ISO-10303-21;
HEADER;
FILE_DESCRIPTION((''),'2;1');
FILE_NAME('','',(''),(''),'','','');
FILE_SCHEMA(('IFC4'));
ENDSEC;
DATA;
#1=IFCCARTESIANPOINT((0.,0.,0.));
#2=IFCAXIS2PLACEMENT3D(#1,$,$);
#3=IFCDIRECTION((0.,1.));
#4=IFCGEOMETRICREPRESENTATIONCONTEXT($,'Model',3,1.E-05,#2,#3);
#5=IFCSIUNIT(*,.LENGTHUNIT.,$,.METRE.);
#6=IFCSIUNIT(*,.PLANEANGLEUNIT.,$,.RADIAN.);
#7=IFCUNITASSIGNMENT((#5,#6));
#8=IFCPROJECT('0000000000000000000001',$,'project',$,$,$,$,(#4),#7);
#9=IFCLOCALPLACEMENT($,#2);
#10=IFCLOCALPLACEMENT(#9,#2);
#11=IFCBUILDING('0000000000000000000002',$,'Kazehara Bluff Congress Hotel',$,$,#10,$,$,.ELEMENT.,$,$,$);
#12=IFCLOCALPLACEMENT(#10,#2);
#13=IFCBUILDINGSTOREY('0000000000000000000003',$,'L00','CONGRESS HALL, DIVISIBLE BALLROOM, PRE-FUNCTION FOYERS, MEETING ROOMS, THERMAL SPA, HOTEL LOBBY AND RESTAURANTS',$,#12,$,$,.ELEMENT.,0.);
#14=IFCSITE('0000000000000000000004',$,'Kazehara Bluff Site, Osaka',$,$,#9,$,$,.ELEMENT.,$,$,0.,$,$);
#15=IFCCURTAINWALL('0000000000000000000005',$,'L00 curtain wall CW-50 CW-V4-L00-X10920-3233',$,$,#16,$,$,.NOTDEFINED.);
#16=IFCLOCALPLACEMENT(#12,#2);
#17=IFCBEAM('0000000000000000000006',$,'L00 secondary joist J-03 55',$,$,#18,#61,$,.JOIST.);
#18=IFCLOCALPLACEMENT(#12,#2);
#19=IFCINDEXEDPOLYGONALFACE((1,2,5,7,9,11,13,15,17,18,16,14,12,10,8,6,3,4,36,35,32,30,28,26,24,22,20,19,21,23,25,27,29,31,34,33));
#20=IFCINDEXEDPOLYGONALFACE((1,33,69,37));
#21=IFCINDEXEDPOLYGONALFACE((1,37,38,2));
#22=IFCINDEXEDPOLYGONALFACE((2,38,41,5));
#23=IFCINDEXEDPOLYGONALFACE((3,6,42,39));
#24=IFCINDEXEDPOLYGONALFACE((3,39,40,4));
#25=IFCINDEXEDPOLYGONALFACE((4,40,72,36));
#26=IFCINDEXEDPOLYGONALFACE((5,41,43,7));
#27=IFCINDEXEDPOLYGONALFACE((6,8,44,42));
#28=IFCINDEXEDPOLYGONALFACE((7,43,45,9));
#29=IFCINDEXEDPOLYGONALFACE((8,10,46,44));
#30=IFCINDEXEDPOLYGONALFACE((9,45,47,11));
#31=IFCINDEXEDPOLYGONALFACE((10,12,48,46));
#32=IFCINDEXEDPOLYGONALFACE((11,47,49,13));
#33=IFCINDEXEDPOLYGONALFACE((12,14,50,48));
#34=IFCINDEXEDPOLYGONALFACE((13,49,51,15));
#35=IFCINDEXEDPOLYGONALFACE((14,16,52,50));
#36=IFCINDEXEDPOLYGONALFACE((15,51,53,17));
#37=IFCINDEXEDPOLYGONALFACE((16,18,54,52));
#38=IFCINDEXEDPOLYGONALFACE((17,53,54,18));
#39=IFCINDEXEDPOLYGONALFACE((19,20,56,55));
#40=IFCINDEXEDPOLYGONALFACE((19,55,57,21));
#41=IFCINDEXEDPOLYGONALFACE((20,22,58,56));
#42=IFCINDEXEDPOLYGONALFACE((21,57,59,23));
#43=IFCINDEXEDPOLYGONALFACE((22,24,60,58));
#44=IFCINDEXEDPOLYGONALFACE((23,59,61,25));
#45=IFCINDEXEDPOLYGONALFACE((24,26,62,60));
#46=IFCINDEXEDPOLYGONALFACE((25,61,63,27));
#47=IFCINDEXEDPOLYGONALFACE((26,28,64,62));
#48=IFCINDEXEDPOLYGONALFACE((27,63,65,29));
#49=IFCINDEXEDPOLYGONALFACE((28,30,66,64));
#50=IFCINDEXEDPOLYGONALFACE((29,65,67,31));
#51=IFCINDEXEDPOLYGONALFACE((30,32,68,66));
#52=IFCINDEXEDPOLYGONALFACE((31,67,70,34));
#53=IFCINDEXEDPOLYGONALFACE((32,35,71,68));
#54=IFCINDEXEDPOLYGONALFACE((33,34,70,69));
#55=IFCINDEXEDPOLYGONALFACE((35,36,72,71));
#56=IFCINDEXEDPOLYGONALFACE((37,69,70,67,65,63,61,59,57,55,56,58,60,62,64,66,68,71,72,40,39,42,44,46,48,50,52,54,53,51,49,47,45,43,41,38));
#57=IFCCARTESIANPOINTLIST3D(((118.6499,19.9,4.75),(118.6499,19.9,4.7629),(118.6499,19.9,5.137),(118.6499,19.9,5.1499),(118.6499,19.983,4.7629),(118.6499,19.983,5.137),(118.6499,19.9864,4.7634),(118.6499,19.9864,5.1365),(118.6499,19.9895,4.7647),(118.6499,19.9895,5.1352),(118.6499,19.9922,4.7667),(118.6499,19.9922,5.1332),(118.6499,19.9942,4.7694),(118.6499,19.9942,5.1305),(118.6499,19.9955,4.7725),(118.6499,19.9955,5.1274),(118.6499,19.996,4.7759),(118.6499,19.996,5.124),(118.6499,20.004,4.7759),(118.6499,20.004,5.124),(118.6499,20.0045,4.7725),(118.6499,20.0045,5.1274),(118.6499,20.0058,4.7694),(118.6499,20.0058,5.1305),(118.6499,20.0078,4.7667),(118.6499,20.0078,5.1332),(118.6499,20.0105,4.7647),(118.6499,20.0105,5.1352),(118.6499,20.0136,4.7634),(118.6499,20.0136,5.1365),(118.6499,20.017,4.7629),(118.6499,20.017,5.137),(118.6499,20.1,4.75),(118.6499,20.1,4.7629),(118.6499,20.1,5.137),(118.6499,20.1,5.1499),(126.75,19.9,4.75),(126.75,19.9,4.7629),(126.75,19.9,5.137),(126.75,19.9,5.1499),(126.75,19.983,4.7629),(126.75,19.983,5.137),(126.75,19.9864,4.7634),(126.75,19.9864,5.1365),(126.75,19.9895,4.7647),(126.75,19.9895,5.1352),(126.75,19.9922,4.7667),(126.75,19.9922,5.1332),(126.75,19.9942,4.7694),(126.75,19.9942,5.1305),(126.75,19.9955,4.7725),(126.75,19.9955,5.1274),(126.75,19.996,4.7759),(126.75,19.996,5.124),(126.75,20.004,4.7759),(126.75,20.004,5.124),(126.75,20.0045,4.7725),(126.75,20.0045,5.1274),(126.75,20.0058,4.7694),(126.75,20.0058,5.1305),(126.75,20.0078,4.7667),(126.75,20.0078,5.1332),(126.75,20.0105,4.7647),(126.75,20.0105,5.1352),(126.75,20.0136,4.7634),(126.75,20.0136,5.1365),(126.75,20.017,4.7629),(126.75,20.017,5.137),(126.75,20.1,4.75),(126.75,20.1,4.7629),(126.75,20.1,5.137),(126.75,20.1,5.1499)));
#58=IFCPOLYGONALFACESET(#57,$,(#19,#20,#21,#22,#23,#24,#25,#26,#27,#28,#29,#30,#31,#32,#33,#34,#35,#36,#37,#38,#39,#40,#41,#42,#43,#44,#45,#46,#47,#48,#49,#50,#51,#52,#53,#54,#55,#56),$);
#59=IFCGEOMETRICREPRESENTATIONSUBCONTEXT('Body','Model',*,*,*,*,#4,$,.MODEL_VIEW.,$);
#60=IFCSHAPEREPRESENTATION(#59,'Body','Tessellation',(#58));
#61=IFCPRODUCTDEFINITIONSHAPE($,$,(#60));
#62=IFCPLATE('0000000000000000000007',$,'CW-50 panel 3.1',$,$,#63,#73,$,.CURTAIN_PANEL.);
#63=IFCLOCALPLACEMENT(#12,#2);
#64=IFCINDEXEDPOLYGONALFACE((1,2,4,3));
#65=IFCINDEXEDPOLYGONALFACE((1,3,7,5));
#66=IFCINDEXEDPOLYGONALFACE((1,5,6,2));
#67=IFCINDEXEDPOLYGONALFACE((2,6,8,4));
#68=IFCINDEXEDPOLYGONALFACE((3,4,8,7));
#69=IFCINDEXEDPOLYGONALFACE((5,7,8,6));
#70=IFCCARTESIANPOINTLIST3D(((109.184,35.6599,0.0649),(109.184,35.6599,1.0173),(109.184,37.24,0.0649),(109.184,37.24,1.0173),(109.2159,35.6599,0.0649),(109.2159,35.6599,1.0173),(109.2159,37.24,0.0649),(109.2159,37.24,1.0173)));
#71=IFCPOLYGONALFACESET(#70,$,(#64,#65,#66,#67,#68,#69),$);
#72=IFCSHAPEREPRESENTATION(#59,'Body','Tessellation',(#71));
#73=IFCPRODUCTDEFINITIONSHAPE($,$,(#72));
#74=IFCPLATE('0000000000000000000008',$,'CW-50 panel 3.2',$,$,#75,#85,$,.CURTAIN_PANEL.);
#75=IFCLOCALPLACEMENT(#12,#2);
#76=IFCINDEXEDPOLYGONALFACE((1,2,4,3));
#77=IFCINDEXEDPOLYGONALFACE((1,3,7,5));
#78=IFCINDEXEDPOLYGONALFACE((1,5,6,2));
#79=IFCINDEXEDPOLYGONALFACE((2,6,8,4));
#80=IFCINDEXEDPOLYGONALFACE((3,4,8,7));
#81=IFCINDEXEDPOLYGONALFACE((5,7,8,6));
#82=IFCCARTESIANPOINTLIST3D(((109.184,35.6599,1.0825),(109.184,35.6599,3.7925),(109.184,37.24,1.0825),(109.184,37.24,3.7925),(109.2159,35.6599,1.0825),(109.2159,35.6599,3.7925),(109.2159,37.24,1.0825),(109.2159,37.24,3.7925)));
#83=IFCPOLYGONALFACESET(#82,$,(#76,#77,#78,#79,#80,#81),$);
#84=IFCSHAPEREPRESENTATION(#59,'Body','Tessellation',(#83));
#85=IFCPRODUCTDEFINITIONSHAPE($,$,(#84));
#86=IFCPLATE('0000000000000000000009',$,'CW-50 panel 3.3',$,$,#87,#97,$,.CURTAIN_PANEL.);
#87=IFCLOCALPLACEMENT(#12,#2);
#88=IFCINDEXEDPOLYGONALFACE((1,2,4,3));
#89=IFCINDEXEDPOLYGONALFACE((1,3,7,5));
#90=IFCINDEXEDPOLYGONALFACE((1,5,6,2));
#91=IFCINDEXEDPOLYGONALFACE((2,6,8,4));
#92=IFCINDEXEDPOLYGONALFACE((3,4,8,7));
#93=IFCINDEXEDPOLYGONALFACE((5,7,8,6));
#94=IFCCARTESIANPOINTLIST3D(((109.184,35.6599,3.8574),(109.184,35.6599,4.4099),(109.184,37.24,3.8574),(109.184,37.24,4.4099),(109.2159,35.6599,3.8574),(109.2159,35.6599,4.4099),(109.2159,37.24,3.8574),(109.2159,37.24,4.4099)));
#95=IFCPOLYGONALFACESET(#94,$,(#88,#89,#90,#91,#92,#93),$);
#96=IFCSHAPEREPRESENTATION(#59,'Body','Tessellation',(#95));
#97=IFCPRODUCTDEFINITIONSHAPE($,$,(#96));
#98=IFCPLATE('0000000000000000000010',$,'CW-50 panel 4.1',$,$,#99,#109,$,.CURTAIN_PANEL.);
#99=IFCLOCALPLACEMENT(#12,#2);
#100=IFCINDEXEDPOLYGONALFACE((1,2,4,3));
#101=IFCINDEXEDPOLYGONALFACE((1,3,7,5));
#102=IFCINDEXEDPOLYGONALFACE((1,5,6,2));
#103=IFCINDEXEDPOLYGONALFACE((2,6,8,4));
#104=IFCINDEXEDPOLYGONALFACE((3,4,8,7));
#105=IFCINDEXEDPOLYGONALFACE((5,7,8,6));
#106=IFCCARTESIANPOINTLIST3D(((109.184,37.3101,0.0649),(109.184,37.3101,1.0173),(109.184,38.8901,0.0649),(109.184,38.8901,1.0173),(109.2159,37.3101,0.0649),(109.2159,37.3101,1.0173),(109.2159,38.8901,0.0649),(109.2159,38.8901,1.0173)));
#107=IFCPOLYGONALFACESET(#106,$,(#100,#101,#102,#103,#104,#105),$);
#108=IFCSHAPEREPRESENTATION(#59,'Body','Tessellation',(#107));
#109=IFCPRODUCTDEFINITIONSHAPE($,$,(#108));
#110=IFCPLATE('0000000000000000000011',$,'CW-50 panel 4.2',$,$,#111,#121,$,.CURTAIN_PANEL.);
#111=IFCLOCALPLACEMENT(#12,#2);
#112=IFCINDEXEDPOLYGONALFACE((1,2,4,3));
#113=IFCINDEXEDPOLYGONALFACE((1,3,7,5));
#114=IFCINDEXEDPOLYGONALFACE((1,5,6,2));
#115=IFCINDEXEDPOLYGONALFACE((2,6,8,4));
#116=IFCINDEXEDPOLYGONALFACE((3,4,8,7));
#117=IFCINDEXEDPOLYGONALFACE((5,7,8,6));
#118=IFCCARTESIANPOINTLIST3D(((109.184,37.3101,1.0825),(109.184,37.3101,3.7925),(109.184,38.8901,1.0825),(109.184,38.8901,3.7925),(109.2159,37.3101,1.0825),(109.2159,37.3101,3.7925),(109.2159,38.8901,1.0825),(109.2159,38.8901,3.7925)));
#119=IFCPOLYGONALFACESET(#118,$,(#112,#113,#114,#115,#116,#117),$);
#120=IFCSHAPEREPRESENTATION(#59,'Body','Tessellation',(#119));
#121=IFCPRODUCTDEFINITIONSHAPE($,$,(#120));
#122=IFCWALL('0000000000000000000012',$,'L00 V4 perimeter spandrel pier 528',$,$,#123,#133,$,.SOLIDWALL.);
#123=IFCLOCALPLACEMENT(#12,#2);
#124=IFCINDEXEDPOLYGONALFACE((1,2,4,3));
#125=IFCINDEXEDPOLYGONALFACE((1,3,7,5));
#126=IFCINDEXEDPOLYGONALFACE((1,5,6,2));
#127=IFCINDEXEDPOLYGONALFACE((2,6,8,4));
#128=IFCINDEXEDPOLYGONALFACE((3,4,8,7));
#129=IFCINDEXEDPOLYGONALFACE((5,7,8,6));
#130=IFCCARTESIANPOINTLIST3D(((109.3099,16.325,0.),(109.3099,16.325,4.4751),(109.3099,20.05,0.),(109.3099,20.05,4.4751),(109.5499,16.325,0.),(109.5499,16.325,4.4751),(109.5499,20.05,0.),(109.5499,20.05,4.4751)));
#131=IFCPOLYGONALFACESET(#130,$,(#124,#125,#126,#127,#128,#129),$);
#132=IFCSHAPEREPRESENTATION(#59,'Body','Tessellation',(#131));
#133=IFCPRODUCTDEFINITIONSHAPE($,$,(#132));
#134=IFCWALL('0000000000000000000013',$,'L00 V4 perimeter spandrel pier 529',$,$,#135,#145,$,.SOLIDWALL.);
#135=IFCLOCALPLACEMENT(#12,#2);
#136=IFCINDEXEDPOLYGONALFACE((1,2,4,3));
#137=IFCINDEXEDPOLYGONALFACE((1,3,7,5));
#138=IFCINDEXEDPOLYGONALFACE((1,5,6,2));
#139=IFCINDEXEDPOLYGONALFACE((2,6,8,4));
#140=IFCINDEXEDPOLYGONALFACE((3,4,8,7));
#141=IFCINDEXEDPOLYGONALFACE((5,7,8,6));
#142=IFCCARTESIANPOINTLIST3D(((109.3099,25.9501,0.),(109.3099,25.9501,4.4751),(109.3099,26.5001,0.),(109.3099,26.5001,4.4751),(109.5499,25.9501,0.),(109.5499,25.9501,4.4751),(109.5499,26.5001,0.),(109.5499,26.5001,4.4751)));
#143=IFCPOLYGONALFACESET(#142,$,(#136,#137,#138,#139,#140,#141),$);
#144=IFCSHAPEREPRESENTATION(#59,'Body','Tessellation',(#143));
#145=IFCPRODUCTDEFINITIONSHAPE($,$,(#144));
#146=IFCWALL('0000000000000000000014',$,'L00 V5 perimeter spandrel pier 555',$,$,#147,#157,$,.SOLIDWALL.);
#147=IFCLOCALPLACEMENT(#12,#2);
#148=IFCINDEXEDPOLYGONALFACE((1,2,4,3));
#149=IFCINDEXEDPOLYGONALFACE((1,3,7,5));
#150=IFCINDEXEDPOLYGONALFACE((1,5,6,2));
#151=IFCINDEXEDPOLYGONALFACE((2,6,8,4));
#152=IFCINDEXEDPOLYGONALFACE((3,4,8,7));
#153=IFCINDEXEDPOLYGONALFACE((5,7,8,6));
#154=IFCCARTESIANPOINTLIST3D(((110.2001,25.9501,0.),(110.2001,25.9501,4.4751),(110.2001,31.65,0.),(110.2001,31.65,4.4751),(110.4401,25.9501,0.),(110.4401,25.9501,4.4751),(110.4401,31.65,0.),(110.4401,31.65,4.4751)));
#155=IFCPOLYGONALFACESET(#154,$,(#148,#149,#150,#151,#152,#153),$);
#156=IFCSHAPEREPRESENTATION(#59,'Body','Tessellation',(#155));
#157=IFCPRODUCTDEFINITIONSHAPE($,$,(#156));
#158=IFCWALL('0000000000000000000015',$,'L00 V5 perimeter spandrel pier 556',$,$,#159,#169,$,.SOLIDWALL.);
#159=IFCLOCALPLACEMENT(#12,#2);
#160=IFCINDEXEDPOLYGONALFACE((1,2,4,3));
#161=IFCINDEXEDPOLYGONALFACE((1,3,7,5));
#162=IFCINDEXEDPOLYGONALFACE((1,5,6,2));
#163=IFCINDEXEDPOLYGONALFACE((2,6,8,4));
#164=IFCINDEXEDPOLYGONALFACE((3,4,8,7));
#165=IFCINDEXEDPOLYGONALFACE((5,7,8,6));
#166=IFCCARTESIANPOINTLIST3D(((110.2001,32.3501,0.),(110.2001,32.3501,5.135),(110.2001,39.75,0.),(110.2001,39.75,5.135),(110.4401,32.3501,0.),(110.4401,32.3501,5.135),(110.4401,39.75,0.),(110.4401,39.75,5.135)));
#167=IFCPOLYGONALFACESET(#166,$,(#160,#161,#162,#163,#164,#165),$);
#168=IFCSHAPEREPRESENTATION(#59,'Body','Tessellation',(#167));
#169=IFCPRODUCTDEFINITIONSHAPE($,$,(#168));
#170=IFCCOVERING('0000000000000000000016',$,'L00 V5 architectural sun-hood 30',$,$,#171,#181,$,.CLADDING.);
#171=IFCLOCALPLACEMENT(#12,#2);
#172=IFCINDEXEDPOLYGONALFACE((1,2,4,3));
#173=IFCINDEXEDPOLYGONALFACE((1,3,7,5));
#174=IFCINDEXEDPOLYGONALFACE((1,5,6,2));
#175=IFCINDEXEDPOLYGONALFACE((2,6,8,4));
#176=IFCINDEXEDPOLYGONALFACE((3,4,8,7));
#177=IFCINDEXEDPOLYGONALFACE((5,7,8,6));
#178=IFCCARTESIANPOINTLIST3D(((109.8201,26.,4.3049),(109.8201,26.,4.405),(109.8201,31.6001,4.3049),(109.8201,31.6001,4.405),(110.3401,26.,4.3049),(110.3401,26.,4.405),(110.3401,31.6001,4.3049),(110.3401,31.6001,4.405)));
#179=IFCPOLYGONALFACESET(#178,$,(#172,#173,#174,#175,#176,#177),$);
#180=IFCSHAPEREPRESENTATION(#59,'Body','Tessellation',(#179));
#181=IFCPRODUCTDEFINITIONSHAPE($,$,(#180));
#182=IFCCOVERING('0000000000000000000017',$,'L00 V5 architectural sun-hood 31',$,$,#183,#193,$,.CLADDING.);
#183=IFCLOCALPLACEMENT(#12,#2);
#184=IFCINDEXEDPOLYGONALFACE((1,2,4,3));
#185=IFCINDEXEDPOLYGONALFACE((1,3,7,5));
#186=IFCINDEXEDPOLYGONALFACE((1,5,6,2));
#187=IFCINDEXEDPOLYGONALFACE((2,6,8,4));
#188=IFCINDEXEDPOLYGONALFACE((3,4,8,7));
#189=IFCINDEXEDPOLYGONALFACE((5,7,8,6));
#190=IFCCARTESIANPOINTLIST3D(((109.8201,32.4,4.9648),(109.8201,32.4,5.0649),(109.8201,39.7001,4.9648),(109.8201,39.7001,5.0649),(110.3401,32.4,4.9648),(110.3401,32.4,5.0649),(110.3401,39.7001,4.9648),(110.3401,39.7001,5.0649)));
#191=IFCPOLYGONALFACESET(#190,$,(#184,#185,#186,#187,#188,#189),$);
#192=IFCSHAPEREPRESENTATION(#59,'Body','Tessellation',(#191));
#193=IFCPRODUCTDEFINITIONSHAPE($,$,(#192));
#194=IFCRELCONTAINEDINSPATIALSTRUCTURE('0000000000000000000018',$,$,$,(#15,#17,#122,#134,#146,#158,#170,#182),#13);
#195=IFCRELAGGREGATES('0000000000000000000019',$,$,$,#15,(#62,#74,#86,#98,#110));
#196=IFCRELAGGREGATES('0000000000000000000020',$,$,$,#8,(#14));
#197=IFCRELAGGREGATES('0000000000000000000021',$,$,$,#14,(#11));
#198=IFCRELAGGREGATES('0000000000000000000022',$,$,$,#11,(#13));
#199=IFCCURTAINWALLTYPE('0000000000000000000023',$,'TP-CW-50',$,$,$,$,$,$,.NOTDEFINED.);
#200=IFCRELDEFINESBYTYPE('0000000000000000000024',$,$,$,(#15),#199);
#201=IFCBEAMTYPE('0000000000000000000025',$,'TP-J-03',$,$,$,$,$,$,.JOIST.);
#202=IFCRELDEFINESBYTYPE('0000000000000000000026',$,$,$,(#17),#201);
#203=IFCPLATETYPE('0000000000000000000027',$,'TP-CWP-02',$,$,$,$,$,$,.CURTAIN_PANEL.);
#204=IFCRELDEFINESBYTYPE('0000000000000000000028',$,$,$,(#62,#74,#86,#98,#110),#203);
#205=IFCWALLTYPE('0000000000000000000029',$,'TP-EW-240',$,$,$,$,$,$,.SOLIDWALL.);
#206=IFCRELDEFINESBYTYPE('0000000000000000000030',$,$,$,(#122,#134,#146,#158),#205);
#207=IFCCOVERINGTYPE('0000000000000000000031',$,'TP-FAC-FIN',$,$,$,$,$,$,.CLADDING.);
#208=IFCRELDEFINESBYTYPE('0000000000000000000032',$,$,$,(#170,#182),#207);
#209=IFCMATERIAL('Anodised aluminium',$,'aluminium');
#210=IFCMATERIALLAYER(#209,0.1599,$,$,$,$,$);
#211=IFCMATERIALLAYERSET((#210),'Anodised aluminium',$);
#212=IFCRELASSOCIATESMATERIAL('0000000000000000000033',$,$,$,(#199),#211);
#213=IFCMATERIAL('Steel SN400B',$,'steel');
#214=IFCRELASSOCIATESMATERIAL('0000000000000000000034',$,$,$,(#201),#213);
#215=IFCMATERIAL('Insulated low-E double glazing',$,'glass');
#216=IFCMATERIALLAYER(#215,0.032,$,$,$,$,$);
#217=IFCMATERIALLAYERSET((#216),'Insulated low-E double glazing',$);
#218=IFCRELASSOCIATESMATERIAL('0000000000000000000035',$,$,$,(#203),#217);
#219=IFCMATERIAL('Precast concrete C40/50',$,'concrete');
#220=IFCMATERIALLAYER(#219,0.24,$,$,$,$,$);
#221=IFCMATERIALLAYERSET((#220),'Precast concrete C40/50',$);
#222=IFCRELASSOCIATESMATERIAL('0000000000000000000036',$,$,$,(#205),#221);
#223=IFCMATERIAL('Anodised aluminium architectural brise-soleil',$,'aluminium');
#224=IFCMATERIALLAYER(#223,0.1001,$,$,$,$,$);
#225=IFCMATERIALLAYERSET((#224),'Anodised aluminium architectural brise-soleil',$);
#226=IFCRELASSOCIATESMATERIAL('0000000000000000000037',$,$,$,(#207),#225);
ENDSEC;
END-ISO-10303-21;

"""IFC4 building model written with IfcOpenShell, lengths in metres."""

from ifc_helpers import new_model, si_unit, direction, frame, frame_2d, origin, origin_2d, place, context, subcontext, project, spatial, rectangle, i_section, extrude, material, layer, layer_set, material_profile, profile_set, type_object, element, aggregate, save


model = new_model("IFC4")

# Units and contexts
model_context = context("Model", 3, precision=1e-05, world=origin(), true_north=direction((0.0, 1.0)))
body_context = subcontext(model_context, "Body", "Model", "MODEL_VIEW")
ifc_project = project(units=[si_unit("LENGTHUNIT", "METRE"), si_unit("PLANEANGLEUNIT", "RADIAN")], contexts=[model_context])

# Site, building, storey
site_placement = place(None, origin())
site = spatial("IfcSite", under=ifc_project, at=site_placement, Name="Kazehara Bluff Site, Osaka", CompositionType="ELEMENT", RefElevation=0.0)
building_placement = place(site_placement, origin())
building = spatial("IfcBuilding", under=site, at=building_placement, Name="Kazehara Bluff Congress Hotel", CompositionType="ELEMENT")
storey_placement = place(building_placement, origin())
storey = spatial("IfcBuildingStorey", under=building, at=storey_placement, Name="L00", Description="CONGRESS HALL, DIVISIBLE BALLROOM, PRE-FUNCTION FOYERS, MEETING ROOMS, THERMAL SPA, HOTEL LOBBY AND RESTAURANTS", CompositionType="ELEMENT", Elevation=0.0)

# Curtain wall
ifc_material_1 = material(Name="Anodised aluminium", Category="aluminium")
ifc_layer_1 = layer(ifc_material_1, 0.1599)
ifc_layer_set_1 = layer_set([ifc_layer_1], Name="Anodised aluminium")
curtain_wall_type = type_object("IfcCurtainWallType", Name="TP-CW-50", PredefinedType="NOTDEFINED", material=ifc_layer_set_1)
curtain_wall_placement = place(storey_placement, origin())
curtain_wall = element("IfcCurtainWall", 1, at=curtain_wall_placement, inside=storey, type_object=curtain_wall_type, Name="L00 curtain wall CW-50 CW-V4-L00-X10920-3233", PredefinedType="NOTDEFINED")

# Beam
ifc_material_2 = material(Name="Steel SN400B", Category="steel")
ifc_material_profile_1 = material_profile(ifc_material_2, i_section(OverallWidth=0.2, OverallDepth=0.3999, WebThickness=0.0081, FlangeThickness=0.0129, FilletRadius=0.0129, at=origin_2d()))
ifc_profile_set_1 = profile_set([ifc_material_profile_1], Name="Steel SN400B")
beam_type_1 = type_object("IfcBeamType", Name="TP-J-03", PredefinedType="JOIST", material=ifc_profile_set_1)
beam_1_placement = place(storey_placement, frame((118.6499, 20.0, 4.95), z_axis=(1.0, 0.0, 0.0), x_axis=(0.0, 1.0, 0.0)))
element("IfcBeam", 2, at=beam_1_placement, inside=storey, type_object=beam_type_1, Name="L00 secondary joist J-03 55", PredefinedType="JOIST", context=body_context, shape_type="SweptSolid", body=[
    extrude(i_section(OverallWidth=0.2, OverallDepth=0.3999, WebThickness=0.0081, FlangeThickness=0.0129, FilletRadius=0.0129, at=origin_2d()), origin(), (0.0, 0.0, 1.0), 8.1001),
])

# Plates
ifc_material_3 = material(Name="Insulated low-E double glazing", Category="glass")
ifc_layer_2 = layer(ifc_material_3, 0.032)
ifc_layer_set_2 = layer_set([ifc_layer_2], Name="Insulated low-E double glazing")
plate_type = type_object("IfcPlateType", Name="TP-CWP-02", PredefinedType="CURTAIN_PANEL", material=ifc_layer_set_2)
plate_1_placement = place(storey_placement, frame((109.2, 36.45, 0.0649), z_axis=(0.0, 0.0, 1.0), x_axis=(0.0, 1.0, 0.0)))
plate_1 = element("IfcPlate", 3, at=plate_1_placement, type_object=plate_type, Name="CW-50 panel 3.1", PredefinedType="CURTAIN_PANEL", context=body_context, shape_type="SweptSolid", body=[
    extrude(rectangle(XDim=1.5801, YDim=0.032, at=origin_2d()), origin(), (0.0, 0.0, 1.0), 0.9524),
])
plate_2_placement = place(storey_placement, frame((109.2, 36.45, 1.0825), z_axis=(0.0, 0.0, 1.0), x_axis=(0.0, 1.0, 0.0)))
plate_2 = element("IfcPlate", 4, at=plate_2_placement, type_object=plate_type, Name="CW-50 panel 3.2", PredefinedType="CURTAIN_PANEL", context=body_context, shape_type="SweptSolid", body=[
    extrude(rectangle(XDim=1.5801, YDim=0.032, at=origin_2d()), origin(), (0.0, 0.0, 1.0), 2.71),
])
plate_3_placement = place(storey_placement, frame((109.2, 36.45, 3.8574), z_axis=(0.0, 0.0, 1.0), x_axis=(0.0, 1.0, 0.0)))
plate_3 = element("IfcPlate", 5, at=plate_3_placement, type_object=plate_type, Name="CW-50 panel 3.3", PredefinedType="CURTAIN_PANEL", context=body_context, shape_type="SweptSolid", body=[
    extrude(rectangle(XDim=1.5801, YDim=0.032, at=origin_2d()), origin(), (0.0, 0.0, 1.0), 0.5525),
])
plate_4_placement = place(storey_placement, frame((109.2, 38.1001, 0.0649), z_axis=(0.0, 0.0, 1.0), x_axis=(0.0, 1.0, 0.0)))
plate_4 = element("IfcPlate", 6, at=plate_4_placement, type_object=plate_type, Name="CW-50 panel 4.1", PredefinedType="CURTAIN_PANEL", context=body_context, shape_type="SweptSolid", body=[
    extrude(rectangle(XDim=1.5801, YDim=0.032, at=origin_2d()), origin(), (0.0, 0.0, 1.0), 0.9524),
])
plate_5_placement = place(storey_placement, frame((109.2, 38.1001, 1.0825), z_axis=(0.0, 0.0, 1.0), x_axis=(0.0, 1.0, 0.0)))
plate_5 = element("IfcPlate", 7, at=plate_5_placement, type_object=plate_type, Name="CW-50 panel 4.2", PredefinedType="CURTAIN_PANEL", context=body_context, shape_type="SweptSolid", body=[
    extrude(rectangle(XDim=1.5801, YDim=0.032, at=origin_2d()), origin(), (0.0, 0.0, 1.0), 2.71),
])
aggregate(curtain_wall, [plate_1, plate_2, plate_3, plate_4, plate_5])

# Walls
ifc_material_4 = material(Name="Precast concrete C40/50", Category="concrete")
ifc_layer_3 = layer(ifc_material_4, 0.24)
ifc_layer_set_3 = layer_set([ifc_layer_3], Name="Precast concrete C40/50")
wall_type = type_object("IfcWallType", Name="TP-EW-240", PredefinedType="SOLIDWALL", material=ifc_layer_set_3)
wall_1_placement = place(storey_placement, frame((109.4299, 20.05, 0.0), z_axis=(0.0, 0.0, 1.0), x_axis=(0.0, -1.0, 0.0)))
element("IfcWall", 8, at=wall_1_placement, inside=storey, type_object=wall_type, Name="L00 V4 perimeter spandrel pier 528", PredefinedType="SOLIDWALL", context=body_context, shape_type="SweptSolid", body=[
    extrude(rectangle(XDim=3.7251, YDim=0.24, at=frame_2d((1.8625, 0.0))), origin(), (0.0, 0.0, 1.0), 4.4751),
])
wall_2_placement = place(storey_placement, frame((109.4299, 26.5, 0.0), z_axis=(0.0, 0.0, 1.0), x_axis=(0.0, -1.0, 0.0)))
element("IfcWall", 9, at=wall_2_placement, inside=storey, type_object=wall_type, Name="L00 V4 perimeter spandrel pier 529", PredefinedType="SOLIDWALL", context=body_context, shape_type="SweptSolid", body=[
    extrude(rectangle(XDim=0.55, YDim=0.24, at=frame_2d((0.2749, 0.0))), origin(), (0.0, 0.0, 1.0), 4.4751),
])
wall_3_placement = place(storey_placement, frame((110.3201, 25.95, 0.0), z_axis=(0.0, 0.0, 1.0), x_axis=(0.0, 1.0, 0.0)))
element("IfcWall", 10, at=wall_3_placement, inside=storey, type_object=wall_type, Name="L00 V5 perimeter spandrel pier 555", PredefinedType="SOLIDWALL", context=body_context, shape_type="SweptSolid", body=[
    extrude(rectangle(XDim=5.7, YDim=0.24, at=frame_2d((2.8501, 0.0))), origin(), (0.0, 0.0, 1.0), 4.4751),
])
wall_4_placement = place(storey_placement, frame((110.3201, 32.3501, 0.0), z_axis=(0.0, 0.0, 1.0), x_axis=(0.0, 1.0, 0.0)))
element("IfcWall", 11, at=wall_4_placement, inside=storey, type_object=wall_type, Name="L00 V5 perimeter spandrel pier 556", PredefinedType="SOLIDWALL", context=body_context, shape_type="SweptSolid", body=[
    extrude(rectangle(XDim=7.3999, YDim=0.24, at=frame_2d((3.7, 0.0))), origin(), (0.0, 0.0, 1.0), 5.135),
])

# Coverings
ifc_material_5 = material(Name="Anodised aluminium architectural brise-soleil", Category="aluminium")
ifc_layer_4 = layer(ifc_material_5, 0.1001)
ifc_layer_set_4 = layer_set([ifc_layer_4], Name="Anodised aluminium architectural brise-soleil")
covering_type = type_object("IfcCoveringType", Name="TP-FAC-FIN", PredefinedType="CLADDING", material=ifc_layer_set_4)
covering_1_placement = place(storey_placement, frame((110.0801, 28.8, 4.3049), z_axis=(0.0, 0.0, 1.0), x_axis=(1.0, 0.0, 0.0)))
element("IfcCovering", 12, at=covering_1_placement, inside=storey, type_object=covering_type, Name="L00 V5 architectural sun-hood 30", PredefinedType="CLADDING", context=body_context, shape_type="SweptSolid", body=[
    extrude(rectangle(XDim=0.52, YDim=5.6001, at=origin_2d()), origin(), (0.0, 0.0, 1.0), 0.1001),
])
covering_2_placement = place(storey_placement, frame((110.0801, 36.05, 4.9648), z_axis=(0.0, 0.0, 1.0), x_axis=(1.0, 0.0, 0.0)))
element("IfcCovering", 13, at=covering_2_placement, inside=storey, type_object=covering_type, Name="L00 V5 architectural sun-hood 31", PredefinedType="CLADDING", context=body_context, shape_type="SweptSolid", body=[
    extrude(rectangle(XDim=0.52, YDim=7.3, at=origin_2d()), origin(), (0.0, 0.0, 1.0), 0.1001),
])

save(model, "model.ifc")
